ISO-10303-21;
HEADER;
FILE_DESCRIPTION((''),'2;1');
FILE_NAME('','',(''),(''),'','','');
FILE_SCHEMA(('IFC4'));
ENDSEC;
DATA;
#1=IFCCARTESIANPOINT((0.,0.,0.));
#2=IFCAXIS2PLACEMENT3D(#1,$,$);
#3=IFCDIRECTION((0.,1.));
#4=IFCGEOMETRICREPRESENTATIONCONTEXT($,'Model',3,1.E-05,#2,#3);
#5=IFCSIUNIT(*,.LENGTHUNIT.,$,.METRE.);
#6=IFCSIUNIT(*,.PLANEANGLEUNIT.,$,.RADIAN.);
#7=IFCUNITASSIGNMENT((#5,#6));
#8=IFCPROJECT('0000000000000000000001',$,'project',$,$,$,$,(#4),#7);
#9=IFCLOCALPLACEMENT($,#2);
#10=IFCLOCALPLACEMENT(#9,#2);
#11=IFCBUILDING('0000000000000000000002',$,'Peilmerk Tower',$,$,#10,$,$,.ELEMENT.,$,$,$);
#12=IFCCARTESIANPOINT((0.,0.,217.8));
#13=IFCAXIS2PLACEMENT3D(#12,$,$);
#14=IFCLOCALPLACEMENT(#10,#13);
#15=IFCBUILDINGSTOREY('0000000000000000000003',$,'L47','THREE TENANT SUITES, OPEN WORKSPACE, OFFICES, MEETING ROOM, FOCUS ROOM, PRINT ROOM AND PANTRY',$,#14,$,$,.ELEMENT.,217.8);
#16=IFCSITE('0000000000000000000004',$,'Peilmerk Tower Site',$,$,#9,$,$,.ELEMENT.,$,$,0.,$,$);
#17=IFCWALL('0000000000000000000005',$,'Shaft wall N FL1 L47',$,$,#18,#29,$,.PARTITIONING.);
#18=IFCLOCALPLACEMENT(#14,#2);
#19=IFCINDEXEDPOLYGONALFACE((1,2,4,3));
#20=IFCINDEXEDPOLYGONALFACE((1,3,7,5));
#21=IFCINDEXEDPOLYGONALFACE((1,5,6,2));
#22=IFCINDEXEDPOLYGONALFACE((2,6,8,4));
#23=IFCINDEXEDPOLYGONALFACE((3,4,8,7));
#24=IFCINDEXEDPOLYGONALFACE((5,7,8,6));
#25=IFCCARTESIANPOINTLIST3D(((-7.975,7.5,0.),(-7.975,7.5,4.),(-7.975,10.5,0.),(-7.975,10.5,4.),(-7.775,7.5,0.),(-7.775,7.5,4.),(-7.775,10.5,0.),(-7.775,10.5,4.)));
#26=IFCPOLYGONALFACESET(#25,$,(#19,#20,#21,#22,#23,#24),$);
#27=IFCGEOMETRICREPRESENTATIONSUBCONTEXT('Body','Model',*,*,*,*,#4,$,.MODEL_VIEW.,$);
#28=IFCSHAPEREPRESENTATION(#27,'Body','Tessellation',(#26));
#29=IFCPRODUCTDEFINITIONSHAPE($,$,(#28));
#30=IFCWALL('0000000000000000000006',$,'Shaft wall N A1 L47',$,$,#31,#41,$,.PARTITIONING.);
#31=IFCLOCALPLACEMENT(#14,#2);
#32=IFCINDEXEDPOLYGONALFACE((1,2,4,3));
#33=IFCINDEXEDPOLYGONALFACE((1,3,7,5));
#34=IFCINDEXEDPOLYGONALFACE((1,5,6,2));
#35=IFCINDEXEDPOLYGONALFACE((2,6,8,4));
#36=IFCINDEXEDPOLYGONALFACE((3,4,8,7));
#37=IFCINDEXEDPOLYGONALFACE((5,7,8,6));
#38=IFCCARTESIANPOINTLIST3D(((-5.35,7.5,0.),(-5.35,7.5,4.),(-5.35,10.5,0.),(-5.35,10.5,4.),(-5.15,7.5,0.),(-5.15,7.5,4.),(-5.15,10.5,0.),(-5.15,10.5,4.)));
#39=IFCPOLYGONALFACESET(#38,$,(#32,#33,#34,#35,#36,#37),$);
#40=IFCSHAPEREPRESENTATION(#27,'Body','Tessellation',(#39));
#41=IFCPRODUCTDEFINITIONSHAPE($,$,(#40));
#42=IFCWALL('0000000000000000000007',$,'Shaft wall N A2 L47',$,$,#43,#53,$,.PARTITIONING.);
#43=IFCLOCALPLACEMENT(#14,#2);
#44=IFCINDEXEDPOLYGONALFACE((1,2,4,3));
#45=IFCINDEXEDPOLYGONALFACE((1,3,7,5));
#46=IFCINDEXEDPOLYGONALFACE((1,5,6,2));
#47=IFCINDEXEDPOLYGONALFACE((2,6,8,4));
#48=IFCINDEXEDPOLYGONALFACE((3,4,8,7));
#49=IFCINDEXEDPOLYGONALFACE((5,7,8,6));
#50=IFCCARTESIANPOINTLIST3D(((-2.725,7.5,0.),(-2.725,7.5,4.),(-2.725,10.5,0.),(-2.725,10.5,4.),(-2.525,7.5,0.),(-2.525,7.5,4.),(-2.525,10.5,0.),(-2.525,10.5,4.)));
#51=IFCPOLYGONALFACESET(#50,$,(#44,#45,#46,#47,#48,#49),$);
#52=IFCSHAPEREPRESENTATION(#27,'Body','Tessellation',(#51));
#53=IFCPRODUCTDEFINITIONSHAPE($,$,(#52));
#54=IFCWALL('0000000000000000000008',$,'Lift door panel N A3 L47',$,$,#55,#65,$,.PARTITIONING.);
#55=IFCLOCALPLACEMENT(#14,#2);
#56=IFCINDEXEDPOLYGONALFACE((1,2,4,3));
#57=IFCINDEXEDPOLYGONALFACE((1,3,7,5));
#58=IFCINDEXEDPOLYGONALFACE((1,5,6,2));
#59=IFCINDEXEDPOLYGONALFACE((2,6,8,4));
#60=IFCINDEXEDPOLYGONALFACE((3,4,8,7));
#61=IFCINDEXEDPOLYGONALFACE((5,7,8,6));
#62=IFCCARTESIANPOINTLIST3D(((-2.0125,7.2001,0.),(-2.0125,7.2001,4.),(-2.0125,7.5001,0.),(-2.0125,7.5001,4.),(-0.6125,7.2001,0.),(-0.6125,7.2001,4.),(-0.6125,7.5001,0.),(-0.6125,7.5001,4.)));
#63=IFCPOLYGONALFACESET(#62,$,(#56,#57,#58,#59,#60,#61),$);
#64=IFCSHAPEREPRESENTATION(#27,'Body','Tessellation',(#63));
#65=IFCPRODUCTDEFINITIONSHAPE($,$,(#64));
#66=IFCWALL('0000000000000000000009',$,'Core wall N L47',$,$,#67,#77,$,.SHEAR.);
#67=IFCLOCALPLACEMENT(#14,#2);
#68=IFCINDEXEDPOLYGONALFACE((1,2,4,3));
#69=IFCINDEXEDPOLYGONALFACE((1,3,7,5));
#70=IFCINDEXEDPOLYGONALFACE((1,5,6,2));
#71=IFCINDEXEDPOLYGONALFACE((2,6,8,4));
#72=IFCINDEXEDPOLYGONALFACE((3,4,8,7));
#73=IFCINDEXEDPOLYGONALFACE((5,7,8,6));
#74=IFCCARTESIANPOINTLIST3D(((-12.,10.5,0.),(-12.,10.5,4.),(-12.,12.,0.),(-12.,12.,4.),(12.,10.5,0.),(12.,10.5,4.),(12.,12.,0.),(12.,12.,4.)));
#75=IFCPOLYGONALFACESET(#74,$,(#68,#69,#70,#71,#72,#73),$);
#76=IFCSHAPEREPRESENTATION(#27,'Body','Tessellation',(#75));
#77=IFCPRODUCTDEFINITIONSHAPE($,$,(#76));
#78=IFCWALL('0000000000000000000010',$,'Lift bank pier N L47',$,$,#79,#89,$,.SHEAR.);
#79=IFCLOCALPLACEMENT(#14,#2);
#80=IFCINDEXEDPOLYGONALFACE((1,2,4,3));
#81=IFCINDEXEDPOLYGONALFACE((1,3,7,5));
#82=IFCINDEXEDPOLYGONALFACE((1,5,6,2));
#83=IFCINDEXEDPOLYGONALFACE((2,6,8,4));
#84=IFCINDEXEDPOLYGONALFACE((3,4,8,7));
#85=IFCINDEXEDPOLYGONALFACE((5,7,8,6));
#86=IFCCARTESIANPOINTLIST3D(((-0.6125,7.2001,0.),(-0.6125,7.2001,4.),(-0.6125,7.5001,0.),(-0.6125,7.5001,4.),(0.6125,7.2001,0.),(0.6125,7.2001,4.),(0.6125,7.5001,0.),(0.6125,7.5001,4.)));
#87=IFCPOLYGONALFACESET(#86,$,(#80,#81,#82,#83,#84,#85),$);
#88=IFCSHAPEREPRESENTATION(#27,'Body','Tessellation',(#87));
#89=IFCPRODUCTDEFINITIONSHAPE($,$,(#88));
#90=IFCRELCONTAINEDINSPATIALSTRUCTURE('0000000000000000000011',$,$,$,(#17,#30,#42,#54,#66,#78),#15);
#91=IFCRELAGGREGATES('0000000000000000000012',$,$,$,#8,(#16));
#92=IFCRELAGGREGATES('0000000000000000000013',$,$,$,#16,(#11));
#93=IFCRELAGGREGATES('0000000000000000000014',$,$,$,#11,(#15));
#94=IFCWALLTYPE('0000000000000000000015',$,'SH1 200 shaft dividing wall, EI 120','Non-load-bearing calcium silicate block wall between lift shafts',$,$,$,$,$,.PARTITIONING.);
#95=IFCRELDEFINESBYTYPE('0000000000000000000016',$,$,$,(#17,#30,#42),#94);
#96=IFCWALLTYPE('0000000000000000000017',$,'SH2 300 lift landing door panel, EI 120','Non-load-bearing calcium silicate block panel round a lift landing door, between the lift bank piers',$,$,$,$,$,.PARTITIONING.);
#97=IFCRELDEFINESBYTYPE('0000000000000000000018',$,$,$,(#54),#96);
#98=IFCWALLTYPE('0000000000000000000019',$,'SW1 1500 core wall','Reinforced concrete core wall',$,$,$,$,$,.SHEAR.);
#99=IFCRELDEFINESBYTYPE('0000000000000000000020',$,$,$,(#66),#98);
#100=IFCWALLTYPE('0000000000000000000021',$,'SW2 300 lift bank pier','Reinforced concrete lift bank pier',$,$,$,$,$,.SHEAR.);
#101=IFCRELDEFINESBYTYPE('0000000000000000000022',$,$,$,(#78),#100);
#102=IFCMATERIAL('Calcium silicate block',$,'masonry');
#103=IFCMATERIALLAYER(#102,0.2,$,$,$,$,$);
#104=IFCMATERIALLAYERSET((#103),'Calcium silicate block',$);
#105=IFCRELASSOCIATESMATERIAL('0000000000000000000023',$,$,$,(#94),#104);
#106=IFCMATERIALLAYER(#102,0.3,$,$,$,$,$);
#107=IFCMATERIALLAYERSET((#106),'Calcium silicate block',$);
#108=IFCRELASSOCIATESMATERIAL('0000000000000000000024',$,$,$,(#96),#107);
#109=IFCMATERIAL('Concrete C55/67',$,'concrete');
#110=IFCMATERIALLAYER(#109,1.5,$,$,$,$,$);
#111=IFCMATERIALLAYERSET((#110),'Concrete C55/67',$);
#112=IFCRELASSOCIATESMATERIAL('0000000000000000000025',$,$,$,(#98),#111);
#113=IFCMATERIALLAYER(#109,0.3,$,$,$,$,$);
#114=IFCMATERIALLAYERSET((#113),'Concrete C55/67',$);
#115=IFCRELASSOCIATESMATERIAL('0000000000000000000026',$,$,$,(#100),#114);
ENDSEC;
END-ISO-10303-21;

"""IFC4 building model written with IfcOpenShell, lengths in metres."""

from ifc_helpers import new_model, si_unit, direction, frame, frame_2d, origin, place, context, subcontext, project, spatial, rectangle, extrude, material, layer, layer_set, type_object, element, save


model = new_model("IFC4")

# Units and contexts
model_context = context("Model", 3, precision=1e-05, world=origin(), true_north=direction((0.0, 1.0)))
body_context = subcontext(model_context, "Body", "Model", "MODEL_VIEW")
ifc_project = project(units=[si_unit("LENGTHUNIT", "METRE"), si_unit("PLANEANGLEUNIT", "RADIAN")], contexts=[model_context])

# Site, building, storey
site_placement = place(None, origin())
site = spatial("IfcSite", under=ifc_project, at=site_placement, Name="Peilmerk Tower Site", CompositionType="ELEMENT", RefElevation=0.0)
building_placement = place(site_placement, origin())
building = spatial("IfcBuilding", under=site, at=building_placement, Name="Peilmerk Tower", CompositionType="ELEMENT")
storey_placement = place(building_placement, frame((0.0, 0.0, 217.8)))
storey = spatial("IfcBuildingStorey", under=building, at=storey_placement, Name="L47", Description="THREE TENANT SUITES, OPEN WORKSPACE, OFFICES, MEETING ROOM, FOCUS ROOM, PRINT ROOM AND PANTRY", CompositionType="ELEMENT", Elevation=217.8)

# Shared definitions
ifc_material_1 = material(Name="Calcium silicate block", Category="masonry")

# Walls
ifc_layer_1 = layer(ifc_material_1, 0.2)
ifc_layer_set_1 = layer_set([ifc_layer_1], Name="Calcium silicate block")
wall_type_1 = type_object("IfcWallType", Name="SH1 200 shaft dividing wall, EI 120", Description="Non-load-bearing calcium silicate block wall between lift shafts", PredefinedType="PARTITIONING", material=ifc_layer_set_1)
for number, where, z_axis, x_axis, name in (
    (1, (-7.875, 7.5, 0.0), (0.0, 0.0, 1.0), (0.0, 1.0, 0.0), "Shaft wall N FL1 L47"),
    (2, (-5.25, 7.5, 0.0), (0.0, 0.0, 1.0), (0.0, 1.0, 0.0), "Shaft wall N A1 L47"),
    (3, (-2.625, 7.5, 0.0), (0.0, 0.0, 1.0), (0.0, 1.0, 0.0), "Shaft wall N A2 L47"),
):
    element("IfcWall", number, at=place(storey_placement, frame(where, z_axis=z_axis, x_axis=x_axis)), inside=storey, type_object=wall_type_1, Name=name, PredefinedType="PARTITIONING", context=body_context, shape_type="SweptSolid", body=[
        extrude(rectangle(XDim=3.0, YDim=0.2, at=frame_2d((1.5, 0.0))), origin(), (0.0, 0.0, 1.0), 4.0),
    ])
ifc_layer_2 = layer(ifc_material_1, 0.3)
ifc_layer_set_2 = layer_set([ifc_layer_2], Name="Calcium silicate block")
wall_type_2 = type_object("IfcWallType", Name="SH2 300 lift landing door panel, EI 120", Description="Non-load-bearing calcium silicate block panel round a lift landing door, between the lift bank piers", PredefinedType="PARTITIONING", material=ifc_layer_set_2)
wall_1_placement = place(storey_placement, frame((-2.0125, 7.3501, 0.0), z_axis=(0.0, 0.0, 1.0), x_axis=(1.0, 0.0, 0.0)))
element("IfcWall", 4, at=wall_1_placement, inside=storey, type_object=wall_type_2, Name="Lift door panel N A3 L47", PredefinedType="PARTITIONING", context=body_context, shape_type="SweptSolid", body=[
    extrude(rectangle(XDim=1.3999, YDim=0.3, at=frame_2d((0.7, 0.0))), origin(), (0.0, 0.0, 1.0), 4.0),
])
ifc_material_2 = material(Name="Concrete C55/67", Category="concrete")
ifc_layer_3 = layer(ifc_material_2, 1.5)
ifc_layer_set_3 = layer_set([ifc_layer_3], Name="Concrete C55/67")
wall_type_3 = type_object("IfcWallType", Name="SW1 1500 core wall", Description="Reinforced concrete core wall", PredefinedType="SHEAR", material=ifc_layer_set_3)
wall_2_placement = place(storey_placement, frame((-12.0, 11.25, 0.0), z_axis=(0.0, 0.0, 1.0), x_axis=(1.0, 0.0, 0.0)))
element("IfcWall", 5, at=wall_2_placement, inside=storey, type_object=wall_type_3, Name="Core wall N L47", PredefinedType="SHEAR", context=body_context, shape_type="SweptSolid", body=[
    extrude(rectangle(XDim=24.0, YDim=1.5, at=frame_2d((12.0, 0.0))), origin(), (0.0, 0.0, 1.0), 4.0),
])
ifc_layer_4 = layer(ifc_material_2, 0.3)
ifc_layer_set_4 = layer_set([ifc_layer_4], Name="Concrete C55/67")
wall_type_4 = type_object("IfcWallType", Name="SW2 300 lift bank pier", Description="Reinforced concrete lift bank pier", PredefinedType="SHEAR", material=ifc_layer_set_4)
wall_3_placement = place(storey_placement, frame((-0.6125, 7.3501, 0.0), z_axis=(0.0, 0.0, 1.0), x_axis=(1.0, 0.0, 0.0)))
element("IfcWall", 6, at=wall_3_placement, inside=storey, type_object=wall_type_4, Name="Lift bank pier N L47", PredefinedType="SHEAR", context=body_context, shape_type="SweptSolid", body=[
    extrude(rectangle(XDim=1.2251, YDim=0.3, at=frame_2d((0.6125, 0.0))), origin(), (0.0, 0.0, 1.0), 4.0),
])

save(model, "model.ifc")
